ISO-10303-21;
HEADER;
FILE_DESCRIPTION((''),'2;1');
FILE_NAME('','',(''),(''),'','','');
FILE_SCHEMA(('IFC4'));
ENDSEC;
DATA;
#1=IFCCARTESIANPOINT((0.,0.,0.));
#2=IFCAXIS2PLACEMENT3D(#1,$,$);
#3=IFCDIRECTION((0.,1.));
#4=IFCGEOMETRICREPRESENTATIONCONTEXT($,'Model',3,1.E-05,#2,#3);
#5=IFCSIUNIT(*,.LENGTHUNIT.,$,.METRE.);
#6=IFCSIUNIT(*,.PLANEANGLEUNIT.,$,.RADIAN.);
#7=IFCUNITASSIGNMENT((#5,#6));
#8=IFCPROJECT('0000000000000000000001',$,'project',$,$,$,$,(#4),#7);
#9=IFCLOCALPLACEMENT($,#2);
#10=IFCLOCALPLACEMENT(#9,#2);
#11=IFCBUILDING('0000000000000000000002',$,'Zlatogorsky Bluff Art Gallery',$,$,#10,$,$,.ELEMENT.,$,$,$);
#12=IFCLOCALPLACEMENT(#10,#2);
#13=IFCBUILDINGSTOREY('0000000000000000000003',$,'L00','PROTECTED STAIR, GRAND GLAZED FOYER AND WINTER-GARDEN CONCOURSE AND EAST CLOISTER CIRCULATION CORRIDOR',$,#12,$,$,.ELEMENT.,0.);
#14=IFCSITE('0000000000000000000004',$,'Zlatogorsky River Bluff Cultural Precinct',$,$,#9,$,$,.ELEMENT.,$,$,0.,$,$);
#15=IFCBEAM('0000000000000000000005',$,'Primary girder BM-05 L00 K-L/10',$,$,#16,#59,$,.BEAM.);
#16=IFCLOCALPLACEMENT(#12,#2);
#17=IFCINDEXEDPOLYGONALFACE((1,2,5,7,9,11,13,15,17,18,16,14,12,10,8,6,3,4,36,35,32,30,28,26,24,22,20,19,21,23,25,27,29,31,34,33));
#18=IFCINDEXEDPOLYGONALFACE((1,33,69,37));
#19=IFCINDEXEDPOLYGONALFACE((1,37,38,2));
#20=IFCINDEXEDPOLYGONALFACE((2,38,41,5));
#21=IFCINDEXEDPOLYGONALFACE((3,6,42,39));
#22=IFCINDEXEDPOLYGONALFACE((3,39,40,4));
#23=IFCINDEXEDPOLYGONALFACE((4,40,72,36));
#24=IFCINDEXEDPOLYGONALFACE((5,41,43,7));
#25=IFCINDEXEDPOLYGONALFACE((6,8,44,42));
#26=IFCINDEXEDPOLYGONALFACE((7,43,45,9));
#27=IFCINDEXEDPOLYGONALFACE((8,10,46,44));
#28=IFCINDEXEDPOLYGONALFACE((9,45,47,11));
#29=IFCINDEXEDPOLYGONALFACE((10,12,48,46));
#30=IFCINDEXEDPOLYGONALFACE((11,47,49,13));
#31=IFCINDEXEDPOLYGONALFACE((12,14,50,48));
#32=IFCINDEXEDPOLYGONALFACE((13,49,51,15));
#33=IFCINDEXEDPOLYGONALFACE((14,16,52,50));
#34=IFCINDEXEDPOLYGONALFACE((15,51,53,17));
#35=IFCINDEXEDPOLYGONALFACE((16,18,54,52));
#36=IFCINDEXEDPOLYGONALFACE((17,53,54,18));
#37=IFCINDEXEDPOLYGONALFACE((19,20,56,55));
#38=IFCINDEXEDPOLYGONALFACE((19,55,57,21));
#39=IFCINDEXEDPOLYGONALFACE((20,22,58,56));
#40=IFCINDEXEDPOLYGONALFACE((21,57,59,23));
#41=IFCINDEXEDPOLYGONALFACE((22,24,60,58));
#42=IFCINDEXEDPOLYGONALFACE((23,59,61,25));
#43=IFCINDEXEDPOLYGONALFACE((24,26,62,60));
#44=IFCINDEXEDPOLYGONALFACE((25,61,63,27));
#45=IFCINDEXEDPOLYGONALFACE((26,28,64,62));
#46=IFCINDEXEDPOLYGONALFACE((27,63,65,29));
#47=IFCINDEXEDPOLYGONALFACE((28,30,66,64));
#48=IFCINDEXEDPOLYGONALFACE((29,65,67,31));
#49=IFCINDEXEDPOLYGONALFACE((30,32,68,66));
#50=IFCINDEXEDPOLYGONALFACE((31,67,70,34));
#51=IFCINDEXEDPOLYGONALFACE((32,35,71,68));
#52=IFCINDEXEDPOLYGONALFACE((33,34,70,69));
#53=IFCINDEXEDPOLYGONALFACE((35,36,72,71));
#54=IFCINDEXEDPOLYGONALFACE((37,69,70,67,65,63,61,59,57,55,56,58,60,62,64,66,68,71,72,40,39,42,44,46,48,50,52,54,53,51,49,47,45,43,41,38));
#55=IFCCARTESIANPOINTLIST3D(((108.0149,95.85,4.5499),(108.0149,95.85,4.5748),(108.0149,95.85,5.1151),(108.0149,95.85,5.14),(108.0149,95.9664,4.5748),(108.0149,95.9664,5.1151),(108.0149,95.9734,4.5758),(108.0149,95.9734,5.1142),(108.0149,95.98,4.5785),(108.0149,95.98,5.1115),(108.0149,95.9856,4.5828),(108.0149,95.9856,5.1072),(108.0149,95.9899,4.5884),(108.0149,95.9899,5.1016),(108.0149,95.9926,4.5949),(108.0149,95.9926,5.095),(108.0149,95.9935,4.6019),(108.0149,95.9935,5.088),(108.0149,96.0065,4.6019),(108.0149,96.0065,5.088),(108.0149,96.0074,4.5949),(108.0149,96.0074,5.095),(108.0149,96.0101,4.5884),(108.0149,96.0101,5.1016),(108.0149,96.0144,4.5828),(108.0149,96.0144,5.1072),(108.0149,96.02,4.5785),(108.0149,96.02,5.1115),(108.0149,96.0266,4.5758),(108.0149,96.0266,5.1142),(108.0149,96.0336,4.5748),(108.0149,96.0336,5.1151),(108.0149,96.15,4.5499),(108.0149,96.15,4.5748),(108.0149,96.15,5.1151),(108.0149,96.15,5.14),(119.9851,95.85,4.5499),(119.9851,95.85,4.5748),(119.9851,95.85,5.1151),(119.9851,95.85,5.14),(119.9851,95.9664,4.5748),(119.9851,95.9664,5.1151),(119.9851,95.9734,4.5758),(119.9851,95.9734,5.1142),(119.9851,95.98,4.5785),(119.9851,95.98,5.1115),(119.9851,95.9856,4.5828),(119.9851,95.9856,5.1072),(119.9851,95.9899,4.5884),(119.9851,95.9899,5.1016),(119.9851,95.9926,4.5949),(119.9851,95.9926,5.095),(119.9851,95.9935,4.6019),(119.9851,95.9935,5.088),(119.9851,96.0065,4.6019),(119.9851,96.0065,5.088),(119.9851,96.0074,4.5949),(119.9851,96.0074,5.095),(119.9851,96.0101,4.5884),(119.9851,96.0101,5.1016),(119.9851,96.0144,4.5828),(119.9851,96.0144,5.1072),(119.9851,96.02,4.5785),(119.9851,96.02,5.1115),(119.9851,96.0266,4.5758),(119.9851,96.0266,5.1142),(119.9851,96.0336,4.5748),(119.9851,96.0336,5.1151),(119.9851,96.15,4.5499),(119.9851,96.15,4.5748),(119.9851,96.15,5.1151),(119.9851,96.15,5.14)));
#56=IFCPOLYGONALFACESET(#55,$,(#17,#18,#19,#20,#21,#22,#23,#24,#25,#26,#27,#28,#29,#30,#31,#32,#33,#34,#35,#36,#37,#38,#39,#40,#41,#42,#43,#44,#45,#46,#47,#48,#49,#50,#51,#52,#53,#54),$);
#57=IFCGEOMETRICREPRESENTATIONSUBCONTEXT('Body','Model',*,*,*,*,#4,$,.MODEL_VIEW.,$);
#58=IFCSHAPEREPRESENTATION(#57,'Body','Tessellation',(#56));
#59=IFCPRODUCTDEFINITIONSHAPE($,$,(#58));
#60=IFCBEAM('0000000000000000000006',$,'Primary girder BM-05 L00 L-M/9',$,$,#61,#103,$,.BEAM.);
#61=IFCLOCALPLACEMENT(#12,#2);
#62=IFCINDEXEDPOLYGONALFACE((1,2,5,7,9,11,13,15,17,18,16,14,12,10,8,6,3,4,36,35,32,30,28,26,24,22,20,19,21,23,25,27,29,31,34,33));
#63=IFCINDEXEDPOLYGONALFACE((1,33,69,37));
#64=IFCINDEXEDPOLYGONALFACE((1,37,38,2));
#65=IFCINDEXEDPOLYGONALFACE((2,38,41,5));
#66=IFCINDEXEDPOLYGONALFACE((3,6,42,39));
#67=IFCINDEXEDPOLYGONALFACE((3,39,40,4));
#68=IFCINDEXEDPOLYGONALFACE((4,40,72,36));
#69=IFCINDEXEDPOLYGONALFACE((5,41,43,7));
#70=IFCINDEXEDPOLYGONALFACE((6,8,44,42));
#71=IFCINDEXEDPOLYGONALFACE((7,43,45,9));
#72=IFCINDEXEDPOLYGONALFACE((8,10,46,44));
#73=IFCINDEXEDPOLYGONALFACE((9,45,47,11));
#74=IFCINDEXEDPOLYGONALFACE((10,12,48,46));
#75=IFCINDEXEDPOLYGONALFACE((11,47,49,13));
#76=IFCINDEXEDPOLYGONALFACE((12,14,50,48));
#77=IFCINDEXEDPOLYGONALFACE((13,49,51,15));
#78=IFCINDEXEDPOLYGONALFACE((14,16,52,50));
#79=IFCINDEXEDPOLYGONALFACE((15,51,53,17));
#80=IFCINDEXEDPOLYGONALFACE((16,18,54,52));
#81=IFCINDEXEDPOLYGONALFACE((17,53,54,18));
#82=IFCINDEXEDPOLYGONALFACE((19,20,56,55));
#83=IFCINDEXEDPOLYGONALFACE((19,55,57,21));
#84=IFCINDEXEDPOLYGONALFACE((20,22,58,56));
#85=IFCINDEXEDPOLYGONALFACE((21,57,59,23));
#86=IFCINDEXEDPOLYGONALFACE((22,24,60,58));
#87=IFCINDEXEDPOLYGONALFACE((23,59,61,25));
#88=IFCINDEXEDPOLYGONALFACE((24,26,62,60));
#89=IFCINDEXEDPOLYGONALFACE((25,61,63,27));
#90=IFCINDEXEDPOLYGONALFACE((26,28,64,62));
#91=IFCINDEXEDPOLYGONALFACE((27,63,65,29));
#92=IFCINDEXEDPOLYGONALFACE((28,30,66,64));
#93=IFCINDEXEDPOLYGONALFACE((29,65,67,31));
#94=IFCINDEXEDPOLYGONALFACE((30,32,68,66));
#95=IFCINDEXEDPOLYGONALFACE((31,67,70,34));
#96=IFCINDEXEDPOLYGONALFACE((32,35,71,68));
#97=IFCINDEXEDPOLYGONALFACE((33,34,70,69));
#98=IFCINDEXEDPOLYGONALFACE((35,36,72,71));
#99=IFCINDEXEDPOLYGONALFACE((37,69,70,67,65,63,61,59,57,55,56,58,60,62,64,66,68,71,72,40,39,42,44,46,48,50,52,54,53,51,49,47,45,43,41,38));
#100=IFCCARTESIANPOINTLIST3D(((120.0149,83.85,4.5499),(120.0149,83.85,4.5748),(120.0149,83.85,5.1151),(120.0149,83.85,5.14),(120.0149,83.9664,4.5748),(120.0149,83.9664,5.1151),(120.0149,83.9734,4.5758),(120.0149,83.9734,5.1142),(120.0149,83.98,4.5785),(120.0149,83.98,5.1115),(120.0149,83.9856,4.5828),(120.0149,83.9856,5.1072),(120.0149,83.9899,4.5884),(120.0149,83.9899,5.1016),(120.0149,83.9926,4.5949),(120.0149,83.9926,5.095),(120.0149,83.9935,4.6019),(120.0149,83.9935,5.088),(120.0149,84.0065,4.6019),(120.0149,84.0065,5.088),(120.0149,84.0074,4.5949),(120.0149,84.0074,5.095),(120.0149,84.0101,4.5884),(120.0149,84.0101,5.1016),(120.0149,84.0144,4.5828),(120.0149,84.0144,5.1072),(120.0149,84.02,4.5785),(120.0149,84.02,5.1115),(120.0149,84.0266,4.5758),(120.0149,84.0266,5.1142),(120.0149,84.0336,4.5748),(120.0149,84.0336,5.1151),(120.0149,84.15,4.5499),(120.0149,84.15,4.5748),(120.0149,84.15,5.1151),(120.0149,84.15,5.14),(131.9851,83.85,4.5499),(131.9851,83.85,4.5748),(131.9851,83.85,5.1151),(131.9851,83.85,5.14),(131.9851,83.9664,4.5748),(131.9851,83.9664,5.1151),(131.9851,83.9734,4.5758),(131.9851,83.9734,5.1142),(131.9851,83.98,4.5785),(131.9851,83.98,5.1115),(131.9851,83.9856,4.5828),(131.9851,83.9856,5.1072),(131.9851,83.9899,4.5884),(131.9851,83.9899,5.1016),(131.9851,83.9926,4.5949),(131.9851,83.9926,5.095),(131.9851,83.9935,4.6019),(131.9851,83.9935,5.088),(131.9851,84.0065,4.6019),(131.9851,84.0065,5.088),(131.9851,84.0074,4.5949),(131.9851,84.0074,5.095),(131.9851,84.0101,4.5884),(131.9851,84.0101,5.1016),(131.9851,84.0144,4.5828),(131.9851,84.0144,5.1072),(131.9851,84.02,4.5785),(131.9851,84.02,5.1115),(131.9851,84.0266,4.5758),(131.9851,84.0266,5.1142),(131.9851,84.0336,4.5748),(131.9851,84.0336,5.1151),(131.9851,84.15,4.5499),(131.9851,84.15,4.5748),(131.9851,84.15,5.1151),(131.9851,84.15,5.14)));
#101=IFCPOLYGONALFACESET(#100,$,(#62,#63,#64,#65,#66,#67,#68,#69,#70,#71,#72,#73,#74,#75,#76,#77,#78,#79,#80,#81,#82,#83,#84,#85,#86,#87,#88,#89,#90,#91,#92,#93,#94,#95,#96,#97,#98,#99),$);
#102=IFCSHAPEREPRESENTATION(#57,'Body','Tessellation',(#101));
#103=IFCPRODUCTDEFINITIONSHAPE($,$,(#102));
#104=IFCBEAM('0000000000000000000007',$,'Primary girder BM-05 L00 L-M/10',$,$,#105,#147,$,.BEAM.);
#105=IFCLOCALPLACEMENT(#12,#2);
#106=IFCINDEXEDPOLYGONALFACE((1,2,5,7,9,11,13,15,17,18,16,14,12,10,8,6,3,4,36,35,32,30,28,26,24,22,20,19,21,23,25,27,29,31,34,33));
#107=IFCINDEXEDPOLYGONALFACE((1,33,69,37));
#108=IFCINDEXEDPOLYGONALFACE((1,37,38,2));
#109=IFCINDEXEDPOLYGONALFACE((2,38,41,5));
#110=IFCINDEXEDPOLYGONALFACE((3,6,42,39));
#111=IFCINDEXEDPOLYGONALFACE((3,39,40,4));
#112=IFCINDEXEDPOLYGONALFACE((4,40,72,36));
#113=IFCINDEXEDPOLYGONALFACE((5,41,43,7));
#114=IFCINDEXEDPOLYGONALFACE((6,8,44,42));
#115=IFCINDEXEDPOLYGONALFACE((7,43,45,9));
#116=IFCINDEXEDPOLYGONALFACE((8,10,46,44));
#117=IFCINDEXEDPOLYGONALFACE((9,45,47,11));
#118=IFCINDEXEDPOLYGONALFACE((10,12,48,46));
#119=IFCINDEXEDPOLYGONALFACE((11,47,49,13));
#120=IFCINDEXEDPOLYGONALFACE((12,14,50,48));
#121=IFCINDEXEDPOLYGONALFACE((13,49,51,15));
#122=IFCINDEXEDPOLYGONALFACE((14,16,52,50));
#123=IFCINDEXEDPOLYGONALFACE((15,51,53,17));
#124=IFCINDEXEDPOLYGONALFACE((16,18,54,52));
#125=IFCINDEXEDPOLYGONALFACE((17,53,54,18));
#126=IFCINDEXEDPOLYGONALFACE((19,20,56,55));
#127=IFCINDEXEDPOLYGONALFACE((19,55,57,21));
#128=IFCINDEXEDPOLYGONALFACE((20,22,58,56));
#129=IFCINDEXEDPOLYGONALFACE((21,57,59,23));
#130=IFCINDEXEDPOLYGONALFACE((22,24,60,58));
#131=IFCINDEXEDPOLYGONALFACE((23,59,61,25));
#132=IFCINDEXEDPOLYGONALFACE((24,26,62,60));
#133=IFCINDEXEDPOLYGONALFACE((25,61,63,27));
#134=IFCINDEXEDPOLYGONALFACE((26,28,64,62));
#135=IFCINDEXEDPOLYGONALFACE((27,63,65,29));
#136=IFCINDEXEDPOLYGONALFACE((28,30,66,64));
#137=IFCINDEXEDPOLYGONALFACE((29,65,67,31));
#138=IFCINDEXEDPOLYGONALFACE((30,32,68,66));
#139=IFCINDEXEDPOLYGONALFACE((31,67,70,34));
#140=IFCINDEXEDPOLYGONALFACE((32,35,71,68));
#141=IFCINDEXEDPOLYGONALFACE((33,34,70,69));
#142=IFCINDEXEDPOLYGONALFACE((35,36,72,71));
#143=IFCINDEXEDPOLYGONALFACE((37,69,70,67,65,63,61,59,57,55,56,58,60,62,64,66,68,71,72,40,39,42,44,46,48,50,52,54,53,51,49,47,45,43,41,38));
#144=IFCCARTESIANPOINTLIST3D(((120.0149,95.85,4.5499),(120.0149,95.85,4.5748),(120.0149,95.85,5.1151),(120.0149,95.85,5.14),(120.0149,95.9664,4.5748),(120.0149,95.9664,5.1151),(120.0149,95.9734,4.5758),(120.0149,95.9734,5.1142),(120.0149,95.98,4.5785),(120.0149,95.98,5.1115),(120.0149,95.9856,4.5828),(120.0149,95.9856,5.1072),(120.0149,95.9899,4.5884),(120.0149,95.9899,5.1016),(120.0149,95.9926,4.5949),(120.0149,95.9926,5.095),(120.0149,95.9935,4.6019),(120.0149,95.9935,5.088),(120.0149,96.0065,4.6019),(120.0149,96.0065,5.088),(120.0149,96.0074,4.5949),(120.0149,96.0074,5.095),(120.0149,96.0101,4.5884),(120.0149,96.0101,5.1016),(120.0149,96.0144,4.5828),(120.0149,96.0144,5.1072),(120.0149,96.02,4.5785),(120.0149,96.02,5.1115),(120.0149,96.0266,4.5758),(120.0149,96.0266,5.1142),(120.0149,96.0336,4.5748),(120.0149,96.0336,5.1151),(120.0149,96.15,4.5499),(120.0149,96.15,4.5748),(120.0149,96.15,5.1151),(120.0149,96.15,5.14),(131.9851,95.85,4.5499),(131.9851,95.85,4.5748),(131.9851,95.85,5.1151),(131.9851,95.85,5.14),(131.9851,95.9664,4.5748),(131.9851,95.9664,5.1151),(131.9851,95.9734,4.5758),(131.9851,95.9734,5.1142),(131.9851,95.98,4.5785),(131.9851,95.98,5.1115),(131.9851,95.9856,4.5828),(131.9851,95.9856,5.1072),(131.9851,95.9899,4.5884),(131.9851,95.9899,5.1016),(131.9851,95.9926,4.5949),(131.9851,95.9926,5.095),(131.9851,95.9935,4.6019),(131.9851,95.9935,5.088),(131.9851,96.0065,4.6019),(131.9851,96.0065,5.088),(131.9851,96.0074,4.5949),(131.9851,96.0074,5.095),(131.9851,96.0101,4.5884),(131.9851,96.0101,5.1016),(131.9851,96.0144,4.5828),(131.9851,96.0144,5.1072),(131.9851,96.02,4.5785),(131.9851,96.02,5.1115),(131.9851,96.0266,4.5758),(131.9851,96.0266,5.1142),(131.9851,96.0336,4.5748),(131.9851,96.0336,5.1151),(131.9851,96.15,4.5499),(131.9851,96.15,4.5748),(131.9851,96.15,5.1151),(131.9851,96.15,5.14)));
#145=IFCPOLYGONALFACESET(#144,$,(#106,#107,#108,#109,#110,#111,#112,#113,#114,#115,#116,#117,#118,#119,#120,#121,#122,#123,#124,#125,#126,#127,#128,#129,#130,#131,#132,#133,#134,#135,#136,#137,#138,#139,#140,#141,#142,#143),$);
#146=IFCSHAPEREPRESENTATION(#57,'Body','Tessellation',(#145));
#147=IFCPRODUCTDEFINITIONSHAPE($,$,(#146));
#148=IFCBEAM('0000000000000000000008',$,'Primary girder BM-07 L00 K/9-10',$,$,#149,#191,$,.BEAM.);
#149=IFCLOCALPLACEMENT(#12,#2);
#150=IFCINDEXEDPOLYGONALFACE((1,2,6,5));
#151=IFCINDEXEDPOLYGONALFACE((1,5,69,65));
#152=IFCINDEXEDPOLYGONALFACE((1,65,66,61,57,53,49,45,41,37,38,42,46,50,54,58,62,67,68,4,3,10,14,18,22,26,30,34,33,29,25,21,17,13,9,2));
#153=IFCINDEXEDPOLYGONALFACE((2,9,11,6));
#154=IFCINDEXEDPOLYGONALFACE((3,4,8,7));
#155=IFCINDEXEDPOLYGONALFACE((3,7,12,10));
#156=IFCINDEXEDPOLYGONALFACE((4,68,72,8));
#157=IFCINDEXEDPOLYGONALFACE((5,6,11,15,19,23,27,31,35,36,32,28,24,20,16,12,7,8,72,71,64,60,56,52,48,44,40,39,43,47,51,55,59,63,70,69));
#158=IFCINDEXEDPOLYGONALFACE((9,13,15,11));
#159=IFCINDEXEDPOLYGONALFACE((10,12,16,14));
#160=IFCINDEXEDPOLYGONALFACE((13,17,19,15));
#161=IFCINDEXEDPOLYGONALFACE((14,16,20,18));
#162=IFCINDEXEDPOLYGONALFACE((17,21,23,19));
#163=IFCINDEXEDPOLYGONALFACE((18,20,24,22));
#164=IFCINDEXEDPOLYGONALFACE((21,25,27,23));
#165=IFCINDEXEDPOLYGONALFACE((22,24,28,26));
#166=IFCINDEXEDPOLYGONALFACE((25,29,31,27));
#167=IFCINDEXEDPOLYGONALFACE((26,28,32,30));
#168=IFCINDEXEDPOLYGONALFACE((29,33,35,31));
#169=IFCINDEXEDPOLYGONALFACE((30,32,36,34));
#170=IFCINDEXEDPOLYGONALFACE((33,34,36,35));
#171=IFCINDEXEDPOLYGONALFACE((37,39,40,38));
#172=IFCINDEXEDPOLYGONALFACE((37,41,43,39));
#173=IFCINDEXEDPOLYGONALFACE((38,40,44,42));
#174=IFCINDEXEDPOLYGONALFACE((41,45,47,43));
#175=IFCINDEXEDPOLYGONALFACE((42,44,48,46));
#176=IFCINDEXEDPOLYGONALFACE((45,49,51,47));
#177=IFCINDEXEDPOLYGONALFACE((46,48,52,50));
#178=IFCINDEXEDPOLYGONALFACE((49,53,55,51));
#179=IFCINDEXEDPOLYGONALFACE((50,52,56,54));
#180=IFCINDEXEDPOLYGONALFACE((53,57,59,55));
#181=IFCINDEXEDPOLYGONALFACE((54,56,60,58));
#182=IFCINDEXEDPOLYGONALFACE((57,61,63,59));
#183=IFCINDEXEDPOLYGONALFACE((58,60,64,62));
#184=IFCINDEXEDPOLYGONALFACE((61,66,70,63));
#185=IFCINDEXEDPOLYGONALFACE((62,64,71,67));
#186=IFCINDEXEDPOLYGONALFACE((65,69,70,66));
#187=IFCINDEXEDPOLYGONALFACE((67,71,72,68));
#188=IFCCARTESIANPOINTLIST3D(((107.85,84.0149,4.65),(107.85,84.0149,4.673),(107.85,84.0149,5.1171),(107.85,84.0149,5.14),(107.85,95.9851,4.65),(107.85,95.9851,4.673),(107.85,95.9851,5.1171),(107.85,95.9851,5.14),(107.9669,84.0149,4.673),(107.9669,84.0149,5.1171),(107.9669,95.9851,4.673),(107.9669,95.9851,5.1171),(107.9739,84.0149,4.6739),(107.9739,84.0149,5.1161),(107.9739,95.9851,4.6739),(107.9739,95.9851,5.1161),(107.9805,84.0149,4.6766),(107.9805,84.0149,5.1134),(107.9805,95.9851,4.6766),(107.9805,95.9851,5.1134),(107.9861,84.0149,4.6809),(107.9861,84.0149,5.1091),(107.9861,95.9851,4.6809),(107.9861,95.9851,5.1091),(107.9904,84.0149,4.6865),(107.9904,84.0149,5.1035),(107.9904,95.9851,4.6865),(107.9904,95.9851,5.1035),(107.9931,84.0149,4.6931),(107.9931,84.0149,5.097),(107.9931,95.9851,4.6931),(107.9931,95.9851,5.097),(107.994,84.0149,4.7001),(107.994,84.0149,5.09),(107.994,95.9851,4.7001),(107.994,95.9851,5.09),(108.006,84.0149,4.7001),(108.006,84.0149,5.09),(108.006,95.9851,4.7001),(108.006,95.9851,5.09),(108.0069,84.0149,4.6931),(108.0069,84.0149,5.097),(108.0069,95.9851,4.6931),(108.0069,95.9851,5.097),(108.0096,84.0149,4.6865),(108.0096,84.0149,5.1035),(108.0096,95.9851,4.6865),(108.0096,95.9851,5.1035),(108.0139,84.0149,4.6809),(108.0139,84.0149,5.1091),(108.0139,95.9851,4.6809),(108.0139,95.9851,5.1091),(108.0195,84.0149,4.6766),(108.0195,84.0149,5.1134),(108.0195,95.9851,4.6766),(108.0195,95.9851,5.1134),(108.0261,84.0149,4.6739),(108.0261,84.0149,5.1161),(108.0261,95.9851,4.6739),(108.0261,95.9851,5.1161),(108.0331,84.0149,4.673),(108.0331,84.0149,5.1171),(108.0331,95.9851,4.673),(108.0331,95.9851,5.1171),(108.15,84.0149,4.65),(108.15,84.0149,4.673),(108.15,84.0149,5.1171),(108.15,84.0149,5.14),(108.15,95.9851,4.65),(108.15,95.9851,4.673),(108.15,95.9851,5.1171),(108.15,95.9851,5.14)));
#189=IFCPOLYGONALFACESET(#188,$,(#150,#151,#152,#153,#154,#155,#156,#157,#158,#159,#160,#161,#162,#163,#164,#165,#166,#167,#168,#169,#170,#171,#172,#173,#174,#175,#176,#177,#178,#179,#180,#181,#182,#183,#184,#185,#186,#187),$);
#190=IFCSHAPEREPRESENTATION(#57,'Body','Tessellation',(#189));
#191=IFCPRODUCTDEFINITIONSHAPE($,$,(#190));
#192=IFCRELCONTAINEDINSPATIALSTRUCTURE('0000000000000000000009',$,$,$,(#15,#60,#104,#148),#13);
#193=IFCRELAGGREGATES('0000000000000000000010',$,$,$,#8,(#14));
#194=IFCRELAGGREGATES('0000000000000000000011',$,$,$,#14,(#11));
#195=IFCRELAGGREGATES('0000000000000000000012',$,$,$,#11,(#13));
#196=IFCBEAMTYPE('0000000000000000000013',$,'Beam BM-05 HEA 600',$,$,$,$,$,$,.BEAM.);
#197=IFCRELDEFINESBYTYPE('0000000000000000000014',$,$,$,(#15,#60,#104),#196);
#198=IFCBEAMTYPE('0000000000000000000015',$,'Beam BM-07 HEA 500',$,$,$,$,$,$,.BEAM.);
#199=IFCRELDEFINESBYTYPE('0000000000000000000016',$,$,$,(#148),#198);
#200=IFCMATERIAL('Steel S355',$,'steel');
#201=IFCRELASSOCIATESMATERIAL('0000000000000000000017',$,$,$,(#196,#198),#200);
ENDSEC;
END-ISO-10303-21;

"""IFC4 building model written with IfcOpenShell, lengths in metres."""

from ifc_helpers import new_model, si_unit, direction, frame, origin, origin_2d, place, context, subcontext, project, spatial, i_section, extrude, material, material_profile, profile_set, type_object, element, save


model = new_model("IFC4")

# Units and contexts
model_context = context("Model", 3, precision=1e-05, world=origin(), true_north=direction((0.0, 1.0)))
body_context = subcontext(model_context, "Body", "Model", "MODEL_VIEW")
ifc_project = project(units=[si_unit("LENGTHUNIT", "METRE"), si_unit("PLANEANGLEUNIT", "RADIAN")], contexts=[model_context])

# Site, building, storey
site_placement = place(None, origin())
site = spatial("IfcSite", under=ifc_project, at=site_placement, Name="Zlatogorsky River Bluff Cultural Precinct", CompositionType="ELEMENT", RefElevation=0.0)
building_placement = place(site_placement, origin())
building = spatial("IfcBuilding", under=site, at=building_placement, Name="Zlatogorsky Bluff Art Gallery", CompositionType="ELEMENT")
storey_placement = place(building_placement, origin())
storey = spatial("IfcBuildingStorey", under=building, at=storey_placement, Name="L00", Description="PROTECTED STAIR, GRAND GLAZED FOYER AND WINTER-GARDEN CONCOURSE AND EAST CLOISTER CIRCULATION CORRIDOR", CompositionType="ELEMENT", Elevation=0.0)

# Shared definitions
ifc_material_1 = material(Name="Steel S355", Category="steel")

# Beams
ifc_material_profile_1 = material_profile(ifc_material_1, i_section(OverallWidth=0.3, OverallDepth=0.5901, WebThickness=0.0129, FlangeThickness=0.0249, FilletRadius=0.0271, at=origin_2d()), Name="HEA 600")
ifc_profile_set_1 = profile_set([ifc_material_profile_1], Name="Steel S355")
beam_type_1 = type_object("IfcBeamType", Name="Beam BM-05 HEA 600", PredefinedType="BEAM", material=ifc_profile_set_1)
for number, where, z_axis, x_axis, name in (
    (1, (108.0149, 96.0, 4.845), (1.0, 0.0, 0.0), (0.0, 1.0, 0.0), "Primary girder BM-05 L00 K-L/10"),
    (2, (120.0149, 84.0, 4.845), (1.0, 0.0, 0.0), (0.0, 1.0, 0.0), "Primary girder BM-05 L00 L-M/9"),
    (3, (120.0149, 96.0, 4.845), (1.0, 0.0, 0.0), (0.0, 1.0, 0.0), "Primary girder BM-05 L00 L-M/10"),
):
    element("IfcBeam", number, at=place(storey_placement, frame(where, z_axis=z_axis, x_axis=x_axis)), inside=storey, type_object=beam_type_1, Name=name, PredefinedType="BEAM", context=body_context, shape_type="SweptSolid", body=[
        extrude(i_section(OverallWidth=0.3, OverallDepth=0.5901, WebThickness=0.0129, FlangeThickness=0.0249, FilletRadius=0.0271, at=origin_2d()), origin(), (0.0, 0.0, 1.0), 11.9702),
    ])
ifc_material_profile_2 = material_profile(ifc_material_1, i_section(OverallWidth=0.3, OverallDepth=0.49, WebThickness=0.012, FlangeThickness=0.0229, FilletRadius=0.0271, at=origin_2d()), Name="HEA 500")
ifc_profile_set_2 = profile_set([ifc_material_profile_2], Name="Steel S355")
beam_type_2 = type_object("IfcBeamType", Name="Beam BM-07 HEA 500", PredefinedType="BEAM", material=ifc_profile_set_2)
for number, where, z_axis, x_axis, name in (
    (4, (108.0, 84.0149, 4.895), (0.0, 1.0, 0.0), (-1.0, 0.0, 0.0), "Primary girder BM-07 L00 K/9-10"),
):
    element("IfcBeam", number, at=place(storey_placement, frame(where, z_axis=z_axis, x_axis=x_axis)), inside=storey, type_object=beam_type_2, Name=name, PredefinedType="BEAM", context=body_context, shape_type="SweptSolid", body=[
        extrude(i_section(OverallWidth=0.3, OverallDepth=0.49, WebThickness=0.012, FlangeThickness=0.0229, FilletRadius=0.0271, at=origin_2d()), origin(), (0.0, 0.0, 1.0), 11.9702),
    ])

save(model, "model.ifc")
